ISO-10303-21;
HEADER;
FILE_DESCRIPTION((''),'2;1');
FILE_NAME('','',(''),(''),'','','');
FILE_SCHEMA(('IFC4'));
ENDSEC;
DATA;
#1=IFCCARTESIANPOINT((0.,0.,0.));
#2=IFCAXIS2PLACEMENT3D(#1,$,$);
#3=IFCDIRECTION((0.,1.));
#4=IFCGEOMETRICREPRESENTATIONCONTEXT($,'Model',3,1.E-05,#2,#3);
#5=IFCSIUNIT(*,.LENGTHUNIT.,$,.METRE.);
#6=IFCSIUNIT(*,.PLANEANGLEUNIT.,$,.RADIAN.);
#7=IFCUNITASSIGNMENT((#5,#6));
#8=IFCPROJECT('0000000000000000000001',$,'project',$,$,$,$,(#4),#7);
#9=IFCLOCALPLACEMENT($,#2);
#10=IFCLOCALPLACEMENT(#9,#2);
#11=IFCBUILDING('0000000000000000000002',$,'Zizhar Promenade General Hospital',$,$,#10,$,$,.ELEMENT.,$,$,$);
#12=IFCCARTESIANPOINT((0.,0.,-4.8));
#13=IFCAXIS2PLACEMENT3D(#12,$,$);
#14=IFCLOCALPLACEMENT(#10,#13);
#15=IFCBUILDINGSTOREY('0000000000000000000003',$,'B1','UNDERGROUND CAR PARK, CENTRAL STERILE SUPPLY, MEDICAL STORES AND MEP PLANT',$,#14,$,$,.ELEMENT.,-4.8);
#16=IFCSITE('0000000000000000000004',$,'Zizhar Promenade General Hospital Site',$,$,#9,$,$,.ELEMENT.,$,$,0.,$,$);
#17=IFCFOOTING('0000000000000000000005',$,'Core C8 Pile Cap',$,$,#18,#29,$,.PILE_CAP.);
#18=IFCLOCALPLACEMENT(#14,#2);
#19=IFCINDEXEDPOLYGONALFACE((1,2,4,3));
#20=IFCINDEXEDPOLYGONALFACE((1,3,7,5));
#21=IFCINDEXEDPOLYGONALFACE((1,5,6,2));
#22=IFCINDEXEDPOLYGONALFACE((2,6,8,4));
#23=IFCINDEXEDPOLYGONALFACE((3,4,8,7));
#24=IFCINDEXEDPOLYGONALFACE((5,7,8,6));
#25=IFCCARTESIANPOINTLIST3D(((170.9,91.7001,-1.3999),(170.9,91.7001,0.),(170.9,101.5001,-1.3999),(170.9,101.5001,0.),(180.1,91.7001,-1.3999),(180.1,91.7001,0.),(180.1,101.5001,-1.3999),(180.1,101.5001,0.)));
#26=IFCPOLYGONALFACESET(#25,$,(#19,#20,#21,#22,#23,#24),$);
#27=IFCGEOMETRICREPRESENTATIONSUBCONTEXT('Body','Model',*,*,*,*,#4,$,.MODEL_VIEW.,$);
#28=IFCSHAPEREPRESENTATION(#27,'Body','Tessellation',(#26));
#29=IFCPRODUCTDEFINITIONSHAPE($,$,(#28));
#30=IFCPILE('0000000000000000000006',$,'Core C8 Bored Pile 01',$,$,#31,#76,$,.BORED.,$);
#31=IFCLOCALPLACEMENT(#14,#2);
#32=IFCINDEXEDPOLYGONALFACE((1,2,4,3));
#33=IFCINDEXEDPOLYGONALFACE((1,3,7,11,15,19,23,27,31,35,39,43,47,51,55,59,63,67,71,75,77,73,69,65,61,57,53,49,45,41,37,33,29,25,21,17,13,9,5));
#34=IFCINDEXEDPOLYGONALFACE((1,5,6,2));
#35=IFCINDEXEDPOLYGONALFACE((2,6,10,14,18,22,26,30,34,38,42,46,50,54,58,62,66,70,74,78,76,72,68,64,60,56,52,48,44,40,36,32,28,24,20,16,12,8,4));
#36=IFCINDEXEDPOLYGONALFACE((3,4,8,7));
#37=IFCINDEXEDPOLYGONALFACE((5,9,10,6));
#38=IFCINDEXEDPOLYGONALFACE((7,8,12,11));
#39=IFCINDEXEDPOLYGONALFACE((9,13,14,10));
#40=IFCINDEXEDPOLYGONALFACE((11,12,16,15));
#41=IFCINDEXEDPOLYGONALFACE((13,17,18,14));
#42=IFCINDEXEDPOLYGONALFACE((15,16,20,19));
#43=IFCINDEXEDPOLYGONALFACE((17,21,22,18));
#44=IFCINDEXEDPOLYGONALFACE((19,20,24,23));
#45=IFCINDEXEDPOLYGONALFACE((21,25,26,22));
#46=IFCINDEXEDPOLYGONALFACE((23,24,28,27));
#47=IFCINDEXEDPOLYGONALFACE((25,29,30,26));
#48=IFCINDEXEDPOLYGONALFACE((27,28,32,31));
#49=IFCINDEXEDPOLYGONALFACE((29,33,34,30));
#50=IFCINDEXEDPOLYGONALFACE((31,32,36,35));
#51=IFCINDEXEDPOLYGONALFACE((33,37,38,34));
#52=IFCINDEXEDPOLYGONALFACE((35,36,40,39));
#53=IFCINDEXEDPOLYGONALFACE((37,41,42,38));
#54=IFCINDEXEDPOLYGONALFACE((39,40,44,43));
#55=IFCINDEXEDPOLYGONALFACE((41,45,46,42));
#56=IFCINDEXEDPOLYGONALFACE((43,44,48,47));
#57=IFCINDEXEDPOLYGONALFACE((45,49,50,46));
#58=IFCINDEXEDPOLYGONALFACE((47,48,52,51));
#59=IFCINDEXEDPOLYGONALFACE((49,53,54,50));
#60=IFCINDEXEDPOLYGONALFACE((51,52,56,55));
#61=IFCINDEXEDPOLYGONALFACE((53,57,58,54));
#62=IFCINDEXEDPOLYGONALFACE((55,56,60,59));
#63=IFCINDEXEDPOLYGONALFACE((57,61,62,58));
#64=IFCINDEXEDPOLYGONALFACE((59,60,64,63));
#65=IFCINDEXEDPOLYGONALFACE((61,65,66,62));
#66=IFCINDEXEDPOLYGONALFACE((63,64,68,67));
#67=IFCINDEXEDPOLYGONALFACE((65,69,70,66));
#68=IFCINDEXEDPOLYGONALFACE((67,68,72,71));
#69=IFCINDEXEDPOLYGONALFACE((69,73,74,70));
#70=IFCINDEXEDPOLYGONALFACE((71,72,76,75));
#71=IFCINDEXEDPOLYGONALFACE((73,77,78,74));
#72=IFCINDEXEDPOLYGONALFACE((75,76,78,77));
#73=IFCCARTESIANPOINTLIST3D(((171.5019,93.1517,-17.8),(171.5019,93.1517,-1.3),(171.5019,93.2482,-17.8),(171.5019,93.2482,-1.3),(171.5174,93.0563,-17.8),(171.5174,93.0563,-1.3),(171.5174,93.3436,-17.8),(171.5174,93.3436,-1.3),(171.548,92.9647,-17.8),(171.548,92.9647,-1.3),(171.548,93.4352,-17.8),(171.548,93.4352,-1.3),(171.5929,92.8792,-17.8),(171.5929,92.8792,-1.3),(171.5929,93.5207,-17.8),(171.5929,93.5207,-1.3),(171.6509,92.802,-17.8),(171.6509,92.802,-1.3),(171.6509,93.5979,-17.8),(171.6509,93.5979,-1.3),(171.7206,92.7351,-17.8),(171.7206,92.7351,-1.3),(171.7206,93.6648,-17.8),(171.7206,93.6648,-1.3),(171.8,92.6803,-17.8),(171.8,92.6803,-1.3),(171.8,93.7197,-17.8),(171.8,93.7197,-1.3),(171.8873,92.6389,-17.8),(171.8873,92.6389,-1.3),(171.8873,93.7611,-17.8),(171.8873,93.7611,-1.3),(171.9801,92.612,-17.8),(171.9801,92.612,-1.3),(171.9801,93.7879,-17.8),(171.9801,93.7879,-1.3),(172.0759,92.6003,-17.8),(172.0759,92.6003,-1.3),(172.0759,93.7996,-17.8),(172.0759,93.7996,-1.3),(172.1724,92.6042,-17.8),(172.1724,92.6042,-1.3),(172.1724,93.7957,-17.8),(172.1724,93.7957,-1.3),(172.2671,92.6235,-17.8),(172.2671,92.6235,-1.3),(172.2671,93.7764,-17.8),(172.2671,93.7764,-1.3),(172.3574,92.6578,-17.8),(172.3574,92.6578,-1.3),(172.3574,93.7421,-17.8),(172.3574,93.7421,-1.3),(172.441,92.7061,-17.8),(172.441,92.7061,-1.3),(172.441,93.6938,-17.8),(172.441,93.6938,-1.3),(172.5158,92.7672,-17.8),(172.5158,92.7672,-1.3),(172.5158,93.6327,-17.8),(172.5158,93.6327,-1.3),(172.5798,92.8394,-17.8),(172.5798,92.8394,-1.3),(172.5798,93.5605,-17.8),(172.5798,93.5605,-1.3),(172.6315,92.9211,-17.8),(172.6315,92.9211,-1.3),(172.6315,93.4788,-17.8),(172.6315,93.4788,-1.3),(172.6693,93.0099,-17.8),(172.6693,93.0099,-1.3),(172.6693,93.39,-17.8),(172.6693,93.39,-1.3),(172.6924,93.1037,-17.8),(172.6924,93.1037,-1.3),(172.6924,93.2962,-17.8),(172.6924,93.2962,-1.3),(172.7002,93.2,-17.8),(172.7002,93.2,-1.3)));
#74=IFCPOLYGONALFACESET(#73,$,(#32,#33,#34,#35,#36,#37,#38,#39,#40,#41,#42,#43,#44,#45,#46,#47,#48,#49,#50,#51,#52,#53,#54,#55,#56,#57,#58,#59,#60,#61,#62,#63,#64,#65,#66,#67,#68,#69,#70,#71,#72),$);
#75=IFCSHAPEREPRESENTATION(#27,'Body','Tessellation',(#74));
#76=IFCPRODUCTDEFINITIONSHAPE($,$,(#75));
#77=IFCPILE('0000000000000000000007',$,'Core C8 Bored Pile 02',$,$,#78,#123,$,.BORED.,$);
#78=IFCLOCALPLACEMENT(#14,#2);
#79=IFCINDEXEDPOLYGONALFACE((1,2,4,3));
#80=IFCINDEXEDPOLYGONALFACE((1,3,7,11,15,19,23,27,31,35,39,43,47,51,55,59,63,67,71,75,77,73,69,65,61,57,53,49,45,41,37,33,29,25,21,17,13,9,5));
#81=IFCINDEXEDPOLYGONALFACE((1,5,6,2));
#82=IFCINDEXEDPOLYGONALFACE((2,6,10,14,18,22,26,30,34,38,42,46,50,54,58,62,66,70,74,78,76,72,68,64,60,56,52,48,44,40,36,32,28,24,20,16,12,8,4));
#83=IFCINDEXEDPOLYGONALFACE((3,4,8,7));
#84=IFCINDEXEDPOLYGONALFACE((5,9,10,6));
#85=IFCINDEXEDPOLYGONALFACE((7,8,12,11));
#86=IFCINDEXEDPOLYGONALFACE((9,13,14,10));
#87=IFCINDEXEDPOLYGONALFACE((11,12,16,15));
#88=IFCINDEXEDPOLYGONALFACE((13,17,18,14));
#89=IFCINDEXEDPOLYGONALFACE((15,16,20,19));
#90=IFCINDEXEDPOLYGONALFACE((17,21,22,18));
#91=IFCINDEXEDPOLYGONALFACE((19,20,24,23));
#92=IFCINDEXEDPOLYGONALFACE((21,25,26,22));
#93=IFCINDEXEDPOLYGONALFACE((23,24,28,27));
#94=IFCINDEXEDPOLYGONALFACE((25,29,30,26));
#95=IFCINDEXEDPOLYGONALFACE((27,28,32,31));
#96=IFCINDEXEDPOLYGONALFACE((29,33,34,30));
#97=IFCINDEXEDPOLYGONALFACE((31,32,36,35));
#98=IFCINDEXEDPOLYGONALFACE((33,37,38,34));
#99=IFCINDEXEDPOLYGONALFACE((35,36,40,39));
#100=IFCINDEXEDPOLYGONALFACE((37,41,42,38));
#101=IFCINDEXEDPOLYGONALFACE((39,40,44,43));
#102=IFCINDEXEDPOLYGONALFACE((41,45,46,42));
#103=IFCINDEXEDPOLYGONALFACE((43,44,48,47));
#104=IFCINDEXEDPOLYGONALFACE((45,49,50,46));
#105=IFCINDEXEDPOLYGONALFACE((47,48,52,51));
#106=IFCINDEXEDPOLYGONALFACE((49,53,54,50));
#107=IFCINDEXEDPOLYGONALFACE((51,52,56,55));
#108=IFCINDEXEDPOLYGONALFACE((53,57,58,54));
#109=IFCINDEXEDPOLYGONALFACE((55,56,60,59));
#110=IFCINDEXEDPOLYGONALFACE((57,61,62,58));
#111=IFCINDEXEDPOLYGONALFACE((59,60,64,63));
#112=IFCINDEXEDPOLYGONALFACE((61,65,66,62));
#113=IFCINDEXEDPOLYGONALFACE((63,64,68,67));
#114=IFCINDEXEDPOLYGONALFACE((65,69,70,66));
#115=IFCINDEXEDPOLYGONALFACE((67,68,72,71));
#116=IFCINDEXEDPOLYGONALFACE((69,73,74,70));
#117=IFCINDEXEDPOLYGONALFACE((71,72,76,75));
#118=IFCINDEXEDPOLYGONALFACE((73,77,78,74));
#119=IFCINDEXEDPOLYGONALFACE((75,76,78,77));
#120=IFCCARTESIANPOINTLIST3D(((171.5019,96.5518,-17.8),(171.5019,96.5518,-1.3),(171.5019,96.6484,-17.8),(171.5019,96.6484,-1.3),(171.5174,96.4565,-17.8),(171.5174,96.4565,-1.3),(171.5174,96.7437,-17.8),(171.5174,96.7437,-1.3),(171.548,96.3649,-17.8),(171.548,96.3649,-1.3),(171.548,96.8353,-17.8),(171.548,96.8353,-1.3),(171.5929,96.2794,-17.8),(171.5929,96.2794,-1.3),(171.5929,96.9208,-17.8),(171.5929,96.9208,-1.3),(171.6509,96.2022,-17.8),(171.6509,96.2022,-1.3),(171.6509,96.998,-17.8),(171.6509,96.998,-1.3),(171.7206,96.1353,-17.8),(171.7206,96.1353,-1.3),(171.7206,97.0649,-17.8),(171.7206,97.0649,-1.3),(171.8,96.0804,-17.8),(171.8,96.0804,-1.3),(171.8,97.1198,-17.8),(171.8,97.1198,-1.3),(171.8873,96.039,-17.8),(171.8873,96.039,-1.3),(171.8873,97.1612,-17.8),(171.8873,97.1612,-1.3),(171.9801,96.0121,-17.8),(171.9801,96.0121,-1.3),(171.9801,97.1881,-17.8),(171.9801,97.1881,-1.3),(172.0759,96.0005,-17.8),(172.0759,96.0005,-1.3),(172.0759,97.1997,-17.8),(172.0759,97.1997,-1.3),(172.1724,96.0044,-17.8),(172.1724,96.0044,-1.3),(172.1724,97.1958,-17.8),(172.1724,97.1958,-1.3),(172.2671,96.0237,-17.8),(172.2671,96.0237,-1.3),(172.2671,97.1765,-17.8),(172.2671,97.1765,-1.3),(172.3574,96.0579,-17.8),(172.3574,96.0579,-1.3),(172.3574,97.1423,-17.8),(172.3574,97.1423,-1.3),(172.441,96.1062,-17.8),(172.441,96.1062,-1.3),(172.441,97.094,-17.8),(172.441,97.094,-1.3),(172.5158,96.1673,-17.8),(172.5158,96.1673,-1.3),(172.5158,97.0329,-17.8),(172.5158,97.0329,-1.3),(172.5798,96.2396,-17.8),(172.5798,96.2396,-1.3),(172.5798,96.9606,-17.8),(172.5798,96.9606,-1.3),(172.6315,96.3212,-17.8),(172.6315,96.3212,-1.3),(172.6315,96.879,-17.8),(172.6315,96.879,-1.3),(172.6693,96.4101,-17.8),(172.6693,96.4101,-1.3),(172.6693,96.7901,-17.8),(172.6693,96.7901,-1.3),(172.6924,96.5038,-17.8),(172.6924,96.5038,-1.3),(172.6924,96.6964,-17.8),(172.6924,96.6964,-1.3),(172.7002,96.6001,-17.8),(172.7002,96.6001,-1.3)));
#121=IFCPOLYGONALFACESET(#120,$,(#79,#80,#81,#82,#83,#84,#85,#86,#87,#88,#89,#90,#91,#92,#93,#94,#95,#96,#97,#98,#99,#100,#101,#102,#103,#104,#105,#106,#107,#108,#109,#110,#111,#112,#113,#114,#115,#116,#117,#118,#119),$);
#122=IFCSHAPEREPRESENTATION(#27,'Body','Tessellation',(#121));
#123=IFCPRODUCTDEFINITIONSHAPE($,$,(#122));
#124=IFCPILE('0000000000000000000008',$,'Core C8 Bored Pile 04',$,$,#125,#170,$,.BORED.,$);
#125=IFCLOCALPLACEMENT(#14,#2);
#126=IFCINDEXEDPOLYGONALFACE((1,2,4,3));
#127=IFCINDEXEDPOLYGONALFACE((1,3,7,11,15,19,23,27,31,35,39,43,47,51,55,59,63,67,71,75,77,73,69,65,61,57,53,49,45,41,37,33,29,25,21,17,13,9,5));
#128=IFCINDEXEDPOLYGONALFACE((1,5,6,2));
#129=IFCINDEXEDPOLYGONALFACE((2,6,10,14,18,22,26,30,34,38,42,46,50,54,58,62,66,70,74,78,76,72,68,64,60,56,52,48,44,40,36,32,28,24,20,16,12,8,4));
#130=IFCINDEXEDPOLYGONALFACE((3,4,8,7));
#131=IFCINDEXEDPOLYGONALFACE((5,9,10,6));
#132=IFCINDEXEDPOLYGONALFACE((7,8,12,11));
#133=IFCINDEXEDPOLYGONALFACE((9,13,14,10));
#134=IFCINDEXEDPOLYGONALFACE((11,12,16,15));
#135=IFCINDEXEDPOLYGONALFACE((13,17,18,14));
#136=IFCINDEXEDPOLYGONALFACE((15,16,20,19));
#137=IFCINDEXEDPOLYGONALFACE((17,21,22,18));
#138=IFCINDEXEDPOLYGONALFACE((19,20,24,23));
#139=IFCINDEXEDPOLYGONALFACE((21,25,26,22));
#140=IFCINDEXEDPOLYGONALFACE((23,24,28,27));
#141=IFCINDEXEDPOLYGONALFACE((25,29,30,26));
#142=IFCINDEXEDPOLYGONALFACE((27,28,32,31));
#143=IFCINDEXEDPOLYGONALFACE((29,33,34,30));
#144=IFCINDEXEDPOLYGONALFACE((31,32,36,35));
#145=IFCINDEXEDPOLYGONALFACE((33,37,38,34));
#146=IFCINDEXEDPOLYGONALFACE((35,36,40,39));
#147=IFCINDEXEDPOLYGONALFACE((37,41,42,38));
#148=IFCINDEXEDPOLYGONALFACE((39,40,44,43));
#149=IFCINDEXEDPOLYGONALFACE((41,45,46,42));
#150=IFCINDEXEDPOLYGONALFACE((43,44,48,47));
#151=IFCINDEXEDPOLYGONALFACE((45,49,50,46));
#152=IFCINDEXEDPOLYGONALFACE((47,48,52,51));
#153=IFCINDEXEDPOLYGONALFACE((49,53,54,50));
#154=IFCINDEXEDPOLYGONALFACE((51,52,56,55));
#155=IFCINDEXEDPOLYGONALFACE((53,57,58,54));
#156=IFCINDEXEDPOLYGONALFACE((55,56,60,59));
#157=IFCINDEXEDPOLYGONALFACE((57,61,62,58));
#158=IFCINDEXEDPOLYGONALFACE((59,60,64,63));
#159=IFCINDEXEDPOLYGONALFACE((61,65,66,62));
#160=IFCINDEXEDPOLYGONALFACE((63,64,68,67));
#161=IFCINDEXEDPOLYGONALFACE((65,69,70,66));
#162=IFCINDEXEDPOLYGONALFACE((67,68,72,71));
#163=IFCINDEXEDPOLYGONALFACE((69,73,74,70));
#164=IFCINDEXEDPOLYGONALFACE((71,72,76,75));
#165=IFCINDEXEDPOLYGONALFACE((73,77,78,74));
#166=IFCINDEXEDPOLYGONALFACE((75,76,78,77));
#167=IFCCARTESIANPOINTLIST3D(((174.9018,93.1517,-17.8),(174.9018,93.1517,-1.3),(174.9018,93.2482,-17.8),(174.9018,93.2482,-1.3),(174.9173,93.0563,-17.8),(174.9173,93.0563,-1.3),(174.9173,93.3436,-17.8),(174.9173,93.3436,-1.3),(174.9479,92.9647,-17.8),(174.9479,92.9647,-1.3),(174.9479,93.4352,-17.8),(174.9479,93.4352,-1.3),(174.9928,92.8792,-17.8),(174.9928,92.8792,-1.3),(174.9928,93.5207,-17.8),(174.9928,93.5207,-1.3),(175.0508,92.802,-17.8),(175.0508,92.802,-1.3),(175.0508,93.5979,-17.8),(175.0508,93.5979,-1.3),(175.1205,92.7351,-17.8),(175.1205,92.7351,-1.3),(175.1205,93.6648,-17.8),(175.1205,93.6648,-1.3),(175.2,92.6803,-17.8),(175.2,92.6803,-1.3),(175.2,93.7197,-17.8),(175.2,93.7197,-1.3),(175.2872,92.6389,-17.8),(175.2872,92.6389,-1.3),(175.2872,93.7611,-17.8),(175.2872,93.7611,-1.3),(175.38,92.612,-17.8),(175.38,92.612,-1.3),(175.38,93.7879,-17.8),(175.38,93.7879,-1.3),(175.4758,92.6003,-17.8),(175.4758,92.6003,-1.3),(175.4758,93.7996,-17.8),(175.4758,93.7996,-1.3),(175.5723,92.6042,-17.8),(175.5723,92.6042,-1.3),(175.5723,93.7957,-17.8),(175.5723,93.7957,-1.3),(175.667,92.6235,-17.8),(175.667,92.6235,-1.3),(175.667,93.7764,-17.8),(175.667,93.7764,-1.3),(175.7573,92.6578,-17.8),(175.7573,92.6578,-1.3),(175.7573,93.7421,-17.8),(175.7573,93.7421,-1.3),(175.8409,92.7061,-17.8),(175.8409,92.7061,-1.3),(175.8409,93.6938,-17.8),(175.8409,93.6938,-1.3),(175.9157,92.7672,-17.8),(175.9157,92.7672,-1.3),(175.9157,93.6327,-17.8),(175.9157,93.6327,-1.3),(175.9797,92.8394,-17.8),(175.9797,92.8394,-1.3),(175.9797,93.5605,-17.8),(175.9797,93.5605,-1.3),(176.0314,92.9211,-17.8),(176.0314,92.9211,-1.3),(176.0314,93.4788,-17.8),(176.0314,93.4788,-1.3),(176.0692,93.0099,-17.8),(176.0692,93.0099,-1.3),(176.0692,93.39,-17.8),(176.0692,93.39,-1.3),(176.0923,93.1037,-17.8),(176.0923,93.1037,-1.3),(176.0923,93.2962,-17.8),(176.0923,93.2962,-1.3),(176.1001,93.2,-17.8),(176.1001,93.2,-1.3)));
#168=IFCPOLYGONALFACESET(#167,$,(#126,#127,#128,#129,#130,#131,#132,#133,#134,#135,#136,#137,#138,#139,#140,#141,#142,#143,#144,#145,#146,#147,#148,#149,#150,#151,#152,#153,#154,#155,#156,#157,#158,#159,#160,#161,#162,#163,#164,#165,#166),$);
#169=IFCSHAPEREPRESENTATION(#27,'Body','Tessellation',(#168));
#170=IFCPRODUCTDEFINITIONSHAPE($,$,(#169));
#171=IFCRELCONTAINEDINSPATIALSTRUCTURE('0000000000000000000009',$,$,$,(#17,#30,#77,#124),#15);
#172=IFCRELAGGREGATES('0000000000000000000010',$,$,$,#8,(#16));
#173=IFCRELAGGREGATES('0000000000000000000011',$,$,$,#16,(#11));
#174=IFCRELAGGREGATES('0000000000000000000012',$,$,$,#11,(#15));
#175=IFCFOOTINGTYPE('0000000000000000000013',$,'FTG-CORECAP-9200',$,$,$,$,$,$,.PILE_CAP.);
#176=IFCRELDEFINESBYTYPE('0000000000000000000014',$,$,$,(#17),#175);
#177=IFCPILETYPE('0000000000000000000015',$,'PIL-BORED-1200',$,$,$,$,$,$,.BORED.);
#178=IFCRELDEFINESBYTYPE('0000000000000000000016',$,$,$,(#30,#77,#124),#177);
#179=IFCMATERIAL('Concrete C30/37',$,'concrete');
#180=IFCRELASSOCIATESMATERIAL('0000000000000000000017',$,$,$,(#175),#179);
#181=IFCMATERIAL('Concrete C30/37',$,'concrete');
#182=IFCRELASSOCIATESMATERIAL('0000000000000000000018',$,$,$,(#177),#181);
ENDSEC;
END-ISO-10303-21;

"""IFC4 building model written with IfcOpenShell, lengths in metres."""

from ifc_helpers import new_model, si_unit, direction, frame, origin, origin_2d, place, context, subcontext, project, spatial, rectangle, circle, extrude, material, material_profile, profile_set, type_object, element, save


model = new_model("IFC4")

# Units and contexts
model_context = context("Model", 3, precision=1e-05, world=origin(), true_north=direction((0.0, 1.0)))
body_context = subcontext(model_context, "Body", "Model", "MODEL_VIEW")
ifc_project = project(units=[si_unit("LENGTHUNIT", "METRE"), si_unit("PLANEANGLEUNIT", "RADIAN")], contexts=[model_context])

# Site, building, storey
site_placement = place(None, origin())
site = spatial("IfcSite", under=ifc_project, at=site_placement, Name="Zizhar Promenade General Hospital Site", CompositionType="ELEMENT", RefElevation=0.0)
building_placement = place(site_placement, origin())
building = spatial("IfcBuilding", under=site, at=building_placement, Name="Zizhar Promenade General Hospital", CompositionType="ELEMENT")
storey_placement = place(building_placement, frame((0.0, 0.0, -4.8)))
storey = spatial("IfcBuildingStorey", under=building, at=storey_placement, Name="B1", Description="UNDERGROUND CAR PARK, CENTRAL STERILE SUPPLY, MEDICAL STORES AND MEP PLANT", CompositionType="ELEMENT", Elevation=-4.8)

# Footing
ifc_material_1 = material(Name="Concrete C30/37", Category="concrete")
footing_type = type_object("IfcFootingType", Name="FTG-CORECAP-9200", PredefinedType="PILE_CAP", material=ifc_material_1)
footing_placement = place(storey_placement, frame((175.5, 96.6001, -1.3999), z_axis=(0.0, 0.0, 1.0), x_axis=(1.0, 0.0, 0.0)))
element("IfcFooting", 1, at=footing_placement, inside=storey, type_object=footing_type, Name="Core C8 Pile Cap", PredefinedType="PILE_CAP", context=body_context, shape_type="SweptSolid", body=[
    extrude(rectangle(XDim=9.2, YDim=9.8, at=origin_2d()), origin(), (0.0, 0.0, 1.0), 1.3999),
])

# Piles
ifc_material_2 = material(Name="Concrete C30/37", Category="concrete")
ifc_material_profile_1 = material_profile(ifc_material_2, circle(Radius=0.6001, at=origin_2d()))
ifc_profile_set_1 = profile_set([ifc_material_profile_1], Name="Concrete C30/37")
pile_type = type_object("IfcPileType", Name="PIL-BORED-1200", PredefinedType="BORED", material=ifc_profile_set_1)
for number, where, z_axis, x_axis, name in (
    (2, (172.1001, 93.2, -1.3), (0.0, 0.0, -1.0), (1.0, 0.0, 0.0), "Core C8 Bored Pile 01"),
    (3, (172.1001, 96.6001, -1.3), (0.0, 0.0, -1.0), (1.0, 0.0, 0.0), "Core C8 Bored Pile 02"),
    (4, (175.5, 93.2, -1.3), (0.0, 0.0, -1.0), (1.0, 0.0, 0.0), "Core C8 Bored Pile 04"),
):
    element("IfcPile", number, at=place(storey_placement, frame(where, z_axis=z_axis, x_axis=x_axis)), inside=storey, type_object=pile_type, Name=name, PredefinedType="BORED", context=body_context, shape_type="SweptSolid", body=[
        extrude(circle(Radius=0.6001, at=origin_2d()), origin(), (0.0, 0.0, 1.0), 16.5),
    ])

save(model, "model.ifc")
